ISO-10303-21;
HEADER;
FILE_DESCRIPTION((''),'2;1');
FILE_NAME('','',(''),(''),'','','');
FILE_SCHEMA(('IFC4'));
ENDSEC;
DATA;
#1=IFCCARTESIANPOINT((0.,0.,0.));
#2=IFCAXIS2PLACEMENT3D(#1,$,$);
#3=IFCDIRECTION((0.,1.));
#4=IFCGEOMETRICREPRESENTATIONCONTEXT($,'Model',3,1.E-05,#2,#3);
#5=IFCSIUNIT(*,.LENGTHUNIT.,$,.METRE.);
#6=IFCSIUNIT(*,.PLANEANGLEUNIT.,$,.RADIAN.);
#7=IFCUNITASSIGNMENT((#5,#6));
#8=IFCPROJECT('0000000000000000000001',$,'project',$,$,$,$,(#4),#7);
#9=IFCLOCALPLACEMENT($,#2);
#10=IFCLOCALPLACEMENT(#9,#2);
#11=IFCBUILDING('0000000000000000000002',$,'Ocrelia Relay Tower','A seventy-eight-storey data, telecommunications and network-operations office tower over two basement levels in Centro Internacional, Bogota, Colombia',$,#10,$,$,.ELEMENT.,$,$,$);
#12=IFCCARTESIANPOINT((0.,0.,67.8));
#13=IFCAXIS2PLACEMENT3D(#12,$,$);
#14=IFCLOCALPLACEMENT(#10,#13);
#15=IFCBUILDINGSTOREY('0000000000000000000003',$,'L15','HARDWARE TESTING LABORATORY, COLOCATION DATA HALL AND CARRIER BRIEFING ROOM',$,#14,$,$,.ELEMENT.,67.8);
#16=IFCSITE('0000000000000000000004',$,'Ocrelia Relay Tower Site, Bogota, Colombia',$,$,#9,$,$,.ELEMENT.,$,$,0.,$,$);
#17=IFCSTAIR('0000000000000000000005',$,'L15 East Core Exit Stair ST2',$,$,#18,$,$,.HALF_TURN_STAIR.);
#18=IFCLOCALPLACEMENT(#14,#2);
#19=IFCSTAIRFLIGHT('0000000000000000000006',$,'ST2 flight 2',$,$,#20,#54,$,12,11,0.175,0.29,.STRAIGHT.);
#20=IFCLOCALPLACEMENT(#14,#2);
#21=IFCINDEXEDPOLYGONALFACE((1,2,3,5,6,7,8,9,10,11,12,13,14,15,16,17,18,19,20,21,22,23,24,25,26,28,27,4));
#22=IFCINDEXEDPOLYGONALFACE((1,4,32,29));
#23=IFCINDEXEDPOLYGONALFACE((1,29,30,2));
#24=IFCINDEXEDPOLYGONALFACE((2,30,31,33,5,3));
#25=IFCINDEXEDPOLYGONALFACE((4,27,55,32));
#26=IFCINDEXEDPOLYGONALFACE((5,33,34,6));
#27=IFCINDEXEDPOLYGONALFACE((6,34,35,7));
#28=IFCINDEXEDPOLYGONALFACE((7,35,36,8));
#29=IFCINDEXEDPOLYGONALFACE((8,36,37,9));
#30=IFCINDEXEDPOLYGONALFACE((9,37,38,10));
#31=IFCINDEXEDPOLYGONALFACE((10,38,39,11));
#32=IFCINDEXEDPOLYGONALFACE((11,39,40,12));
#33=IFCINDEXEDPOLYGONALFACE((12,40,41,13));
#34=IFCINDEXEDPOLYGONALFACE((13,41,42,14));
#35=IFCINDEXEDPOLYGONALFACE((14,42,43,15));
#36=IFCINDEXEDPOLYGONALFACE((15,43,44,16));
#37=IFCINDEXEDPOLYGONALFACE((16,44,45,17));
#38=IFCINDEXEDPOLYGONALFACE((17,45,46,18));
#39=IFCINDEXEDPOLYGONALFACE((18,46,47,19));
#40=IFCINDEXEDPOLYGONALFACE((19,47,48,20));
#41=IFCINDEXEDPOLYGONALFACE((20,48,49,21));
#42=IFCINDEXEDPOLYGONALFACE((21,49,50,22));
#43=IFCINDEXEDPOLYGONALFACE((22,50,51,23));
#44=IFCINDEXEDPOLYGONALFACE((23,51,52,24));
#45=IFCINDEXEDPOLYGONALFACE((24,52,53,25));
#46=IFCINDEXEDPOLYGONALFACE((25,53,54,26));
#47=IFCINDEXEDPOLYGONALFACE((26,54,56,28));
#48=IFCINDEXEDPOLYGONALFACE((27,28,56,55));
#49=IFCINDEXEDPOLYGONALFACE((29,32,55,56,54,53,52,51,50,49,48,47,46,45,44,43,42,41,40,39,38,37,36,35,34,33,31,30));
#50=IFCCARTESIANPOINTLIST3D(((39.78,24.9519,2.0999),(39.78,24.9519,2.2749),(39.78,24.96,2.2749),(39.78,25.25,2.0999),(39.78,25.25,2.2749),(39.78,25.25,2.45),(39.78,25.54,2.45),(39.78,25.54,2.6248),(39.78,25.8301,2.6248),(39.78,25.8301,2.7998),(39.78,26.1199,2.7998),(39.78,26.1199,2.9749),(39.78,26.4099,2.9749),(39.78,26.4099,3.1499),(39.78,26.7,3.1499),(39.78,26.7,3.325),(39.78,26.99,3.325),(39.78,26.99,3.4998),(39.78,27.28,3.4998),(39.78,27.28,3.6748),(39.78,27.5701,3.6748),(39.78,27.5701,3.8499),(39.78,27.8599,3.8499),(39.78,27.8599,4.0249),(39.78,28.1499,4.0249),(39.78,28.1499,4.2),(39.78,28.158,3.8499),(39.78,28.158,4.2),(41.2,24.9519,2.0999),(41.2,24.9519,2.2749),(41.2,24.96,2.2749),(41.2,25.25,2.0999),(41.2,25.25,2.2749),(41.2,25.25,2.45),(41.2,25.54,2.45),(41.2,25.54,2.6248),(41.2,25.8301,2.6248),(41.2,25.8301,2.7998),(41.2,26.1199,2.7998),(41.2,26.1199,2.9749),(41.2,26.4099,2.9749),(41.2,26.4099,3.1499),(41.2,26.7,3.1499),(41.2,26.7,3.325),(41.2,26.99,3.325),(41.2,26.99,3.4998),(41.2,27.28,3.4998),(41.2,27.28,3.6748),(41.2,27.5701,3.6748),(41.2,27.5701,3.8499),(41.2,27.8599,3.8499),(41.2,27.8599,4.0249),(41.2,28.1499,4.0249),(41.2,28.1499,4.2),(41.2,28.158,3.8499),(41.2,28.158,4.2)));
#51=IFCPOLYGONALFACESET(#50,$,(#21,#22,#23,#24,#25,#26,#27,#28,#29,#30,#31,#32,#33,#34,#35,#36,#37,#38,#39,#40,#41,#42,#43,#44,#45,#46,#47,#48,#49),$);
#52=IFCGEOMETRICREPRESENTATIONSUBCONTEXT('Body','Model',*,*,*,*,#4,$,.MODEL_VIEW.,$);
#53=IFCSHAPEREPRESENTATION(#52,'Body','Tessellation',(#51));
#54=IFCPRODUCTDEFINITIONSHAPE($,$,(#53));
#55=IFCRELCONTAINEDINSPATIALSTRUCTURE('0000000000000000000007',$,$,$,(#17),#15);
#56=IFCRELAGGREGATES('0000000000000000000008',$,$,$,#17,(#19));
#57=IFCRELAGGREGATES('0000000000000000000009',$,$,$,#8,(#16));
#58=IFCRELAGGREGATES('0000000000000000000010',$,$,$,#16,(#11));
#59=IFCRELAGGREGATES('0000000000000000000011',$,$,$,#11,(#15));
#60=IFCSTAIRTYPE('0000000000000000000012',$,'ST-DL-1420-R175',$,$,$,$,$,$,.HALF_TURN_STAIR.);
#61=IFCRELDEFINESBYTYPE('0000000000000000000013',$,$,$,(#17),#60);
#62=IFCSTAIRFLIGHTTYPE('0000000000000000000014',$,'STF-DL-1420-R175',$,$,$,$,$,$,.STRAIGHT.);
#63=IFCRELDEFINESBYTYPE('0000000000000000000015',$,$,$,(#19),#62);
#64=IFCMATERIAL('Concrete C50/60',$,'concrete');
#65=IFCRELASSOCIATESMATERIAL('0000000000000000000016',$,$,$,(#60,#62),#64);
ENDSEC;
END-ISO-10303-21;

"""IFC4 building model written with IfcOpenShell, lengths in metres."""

from ifc_helpers import new_model, si_unit, direction, frame, origin, place, context, subcontext, project, spatial, polyline, outline, extrude, material, type_object, element, aggregate, save


model = new_model("IFC4")

# Units and contexts
model_context = context("Model", 3, precision=1e-05, world=origin(), true_north=direction((0.0, 1.0)))
body_context = subcontext(model_context, "Body", "Model", "MODEL_VIEW")
ifc_project = project(units=[si_unit("LENGTHUNIT", "METRE"), si_unit("PLANEANGLEUNIT", "RADIAN")], contexts=[model_context])

# Site, building, storey
site_placement = place(None, origin())
site = spatial("IfcSite", under=ifc_project, at=site_placement, Name="Ocrelia Relay Tower Site, Bogota, Colombia", CompositionType="ELEMENT", RefElevation=0.0)
building_placement = place(site_placement, origin())
building = spatial("IfcBuilding", under=site, at=building_placement, Name="Ocrelia Relay Tower", Description="A seventy-eight-storey data, telecommunications and network-operations office tower over two basement levels in Centro Internacional, Bogota, Colombia", CompositionType="ELEMENT")
storey_placement = place(building_placement, frame((0.0, 0.0, 67.8)))
storey = spatial("IfcBuildingStorey", under=building, at=storey_placement, Name="L15", Description="HARDWARE TESTING LABORATORY, COLOCATION DATA HALL AND CARRIER BRIEFING ROOM", CompositionType="ELEMENT", Elevation=67.8)

# Shared definitions
ifc_material_1 = material(Name="Concrete C50/60", Category="concrete")

# Stair, stair flight
stair_type = type_object("IfcStairType", Name="ST-DL-1420-R175", PredefinedType="HALF_TURN_STAIR", material=ifc_material_1)
stair_placement = place(storey_placement, origin())
stair = element("IfcStair", 1, at=stair_placement, inside=storey, type_object=stair_type, Name="L15 East Core Exit Stair ST2", PredefinedType="HALF_TURN_STAIR")
stair_flight_type = type_object("IfcStairFlightType", Name="STF-DL-1420-R175", PredefinedType="STRAIGHT", material=ifc_material_1)
stair_flight_placement = place(storey_placement, frame((40.49, 24.96, 2.0999), z_axis=(0.0, 0.0, 1.0), x_axis=(0.0, 1.0, 0.0)))
stair_flight = element("IfcStairFlight", 2, at=stair_flight_placement, type_object=stair_flight_type, Name="ST2 flight 2", NumberOfRisers=12, NumberOfTreads=11, PredefinedType="STRAIGHT", RiserHeight=0.175, TreadLength=0.29, context=body_context, shape_type="SweptSolid", body=[
    extrude(outline(polyline([(-0.0081, 0.0), (-0.0081, 0.175), (0.0, 0.175), (0.29, 0.175), (0.29, 0.3501), (0.5801, 0.3501), (0.5801, 0.5249), (0.8701, 0.5249), (0.8701, 0.7), (1.1599, 0.7), (1.1599, 0.875), (1.45, 0.875), (1.45, 1.05), (1.74, 1.05), (1.74, 1.2251), (2.03, 1.2251), (2.03, 1.3999), (2.3201, 1.3999), (2.3201, 1.575), (2.6101, 1.575), (2.6101, 1.75), (2.8999, 1.75), (2.8999, 1.925), (3.1899, 1.925), (3.1899, 2.1001), (3.198, 2.1001), (3.198, 1.75), (0.29, 0.0), (-0.0081, 0.0)])), frame((0.0, 0.71, 0.0), z_axis=(0.0, -1.0, 0.0), x_axis=(1.0, 0.0, 0.0)), (0.0, 0.0, 1.0), 1.4199),
])
aggregate(stair, [stair_flight])

save(model, "model.ifc")
